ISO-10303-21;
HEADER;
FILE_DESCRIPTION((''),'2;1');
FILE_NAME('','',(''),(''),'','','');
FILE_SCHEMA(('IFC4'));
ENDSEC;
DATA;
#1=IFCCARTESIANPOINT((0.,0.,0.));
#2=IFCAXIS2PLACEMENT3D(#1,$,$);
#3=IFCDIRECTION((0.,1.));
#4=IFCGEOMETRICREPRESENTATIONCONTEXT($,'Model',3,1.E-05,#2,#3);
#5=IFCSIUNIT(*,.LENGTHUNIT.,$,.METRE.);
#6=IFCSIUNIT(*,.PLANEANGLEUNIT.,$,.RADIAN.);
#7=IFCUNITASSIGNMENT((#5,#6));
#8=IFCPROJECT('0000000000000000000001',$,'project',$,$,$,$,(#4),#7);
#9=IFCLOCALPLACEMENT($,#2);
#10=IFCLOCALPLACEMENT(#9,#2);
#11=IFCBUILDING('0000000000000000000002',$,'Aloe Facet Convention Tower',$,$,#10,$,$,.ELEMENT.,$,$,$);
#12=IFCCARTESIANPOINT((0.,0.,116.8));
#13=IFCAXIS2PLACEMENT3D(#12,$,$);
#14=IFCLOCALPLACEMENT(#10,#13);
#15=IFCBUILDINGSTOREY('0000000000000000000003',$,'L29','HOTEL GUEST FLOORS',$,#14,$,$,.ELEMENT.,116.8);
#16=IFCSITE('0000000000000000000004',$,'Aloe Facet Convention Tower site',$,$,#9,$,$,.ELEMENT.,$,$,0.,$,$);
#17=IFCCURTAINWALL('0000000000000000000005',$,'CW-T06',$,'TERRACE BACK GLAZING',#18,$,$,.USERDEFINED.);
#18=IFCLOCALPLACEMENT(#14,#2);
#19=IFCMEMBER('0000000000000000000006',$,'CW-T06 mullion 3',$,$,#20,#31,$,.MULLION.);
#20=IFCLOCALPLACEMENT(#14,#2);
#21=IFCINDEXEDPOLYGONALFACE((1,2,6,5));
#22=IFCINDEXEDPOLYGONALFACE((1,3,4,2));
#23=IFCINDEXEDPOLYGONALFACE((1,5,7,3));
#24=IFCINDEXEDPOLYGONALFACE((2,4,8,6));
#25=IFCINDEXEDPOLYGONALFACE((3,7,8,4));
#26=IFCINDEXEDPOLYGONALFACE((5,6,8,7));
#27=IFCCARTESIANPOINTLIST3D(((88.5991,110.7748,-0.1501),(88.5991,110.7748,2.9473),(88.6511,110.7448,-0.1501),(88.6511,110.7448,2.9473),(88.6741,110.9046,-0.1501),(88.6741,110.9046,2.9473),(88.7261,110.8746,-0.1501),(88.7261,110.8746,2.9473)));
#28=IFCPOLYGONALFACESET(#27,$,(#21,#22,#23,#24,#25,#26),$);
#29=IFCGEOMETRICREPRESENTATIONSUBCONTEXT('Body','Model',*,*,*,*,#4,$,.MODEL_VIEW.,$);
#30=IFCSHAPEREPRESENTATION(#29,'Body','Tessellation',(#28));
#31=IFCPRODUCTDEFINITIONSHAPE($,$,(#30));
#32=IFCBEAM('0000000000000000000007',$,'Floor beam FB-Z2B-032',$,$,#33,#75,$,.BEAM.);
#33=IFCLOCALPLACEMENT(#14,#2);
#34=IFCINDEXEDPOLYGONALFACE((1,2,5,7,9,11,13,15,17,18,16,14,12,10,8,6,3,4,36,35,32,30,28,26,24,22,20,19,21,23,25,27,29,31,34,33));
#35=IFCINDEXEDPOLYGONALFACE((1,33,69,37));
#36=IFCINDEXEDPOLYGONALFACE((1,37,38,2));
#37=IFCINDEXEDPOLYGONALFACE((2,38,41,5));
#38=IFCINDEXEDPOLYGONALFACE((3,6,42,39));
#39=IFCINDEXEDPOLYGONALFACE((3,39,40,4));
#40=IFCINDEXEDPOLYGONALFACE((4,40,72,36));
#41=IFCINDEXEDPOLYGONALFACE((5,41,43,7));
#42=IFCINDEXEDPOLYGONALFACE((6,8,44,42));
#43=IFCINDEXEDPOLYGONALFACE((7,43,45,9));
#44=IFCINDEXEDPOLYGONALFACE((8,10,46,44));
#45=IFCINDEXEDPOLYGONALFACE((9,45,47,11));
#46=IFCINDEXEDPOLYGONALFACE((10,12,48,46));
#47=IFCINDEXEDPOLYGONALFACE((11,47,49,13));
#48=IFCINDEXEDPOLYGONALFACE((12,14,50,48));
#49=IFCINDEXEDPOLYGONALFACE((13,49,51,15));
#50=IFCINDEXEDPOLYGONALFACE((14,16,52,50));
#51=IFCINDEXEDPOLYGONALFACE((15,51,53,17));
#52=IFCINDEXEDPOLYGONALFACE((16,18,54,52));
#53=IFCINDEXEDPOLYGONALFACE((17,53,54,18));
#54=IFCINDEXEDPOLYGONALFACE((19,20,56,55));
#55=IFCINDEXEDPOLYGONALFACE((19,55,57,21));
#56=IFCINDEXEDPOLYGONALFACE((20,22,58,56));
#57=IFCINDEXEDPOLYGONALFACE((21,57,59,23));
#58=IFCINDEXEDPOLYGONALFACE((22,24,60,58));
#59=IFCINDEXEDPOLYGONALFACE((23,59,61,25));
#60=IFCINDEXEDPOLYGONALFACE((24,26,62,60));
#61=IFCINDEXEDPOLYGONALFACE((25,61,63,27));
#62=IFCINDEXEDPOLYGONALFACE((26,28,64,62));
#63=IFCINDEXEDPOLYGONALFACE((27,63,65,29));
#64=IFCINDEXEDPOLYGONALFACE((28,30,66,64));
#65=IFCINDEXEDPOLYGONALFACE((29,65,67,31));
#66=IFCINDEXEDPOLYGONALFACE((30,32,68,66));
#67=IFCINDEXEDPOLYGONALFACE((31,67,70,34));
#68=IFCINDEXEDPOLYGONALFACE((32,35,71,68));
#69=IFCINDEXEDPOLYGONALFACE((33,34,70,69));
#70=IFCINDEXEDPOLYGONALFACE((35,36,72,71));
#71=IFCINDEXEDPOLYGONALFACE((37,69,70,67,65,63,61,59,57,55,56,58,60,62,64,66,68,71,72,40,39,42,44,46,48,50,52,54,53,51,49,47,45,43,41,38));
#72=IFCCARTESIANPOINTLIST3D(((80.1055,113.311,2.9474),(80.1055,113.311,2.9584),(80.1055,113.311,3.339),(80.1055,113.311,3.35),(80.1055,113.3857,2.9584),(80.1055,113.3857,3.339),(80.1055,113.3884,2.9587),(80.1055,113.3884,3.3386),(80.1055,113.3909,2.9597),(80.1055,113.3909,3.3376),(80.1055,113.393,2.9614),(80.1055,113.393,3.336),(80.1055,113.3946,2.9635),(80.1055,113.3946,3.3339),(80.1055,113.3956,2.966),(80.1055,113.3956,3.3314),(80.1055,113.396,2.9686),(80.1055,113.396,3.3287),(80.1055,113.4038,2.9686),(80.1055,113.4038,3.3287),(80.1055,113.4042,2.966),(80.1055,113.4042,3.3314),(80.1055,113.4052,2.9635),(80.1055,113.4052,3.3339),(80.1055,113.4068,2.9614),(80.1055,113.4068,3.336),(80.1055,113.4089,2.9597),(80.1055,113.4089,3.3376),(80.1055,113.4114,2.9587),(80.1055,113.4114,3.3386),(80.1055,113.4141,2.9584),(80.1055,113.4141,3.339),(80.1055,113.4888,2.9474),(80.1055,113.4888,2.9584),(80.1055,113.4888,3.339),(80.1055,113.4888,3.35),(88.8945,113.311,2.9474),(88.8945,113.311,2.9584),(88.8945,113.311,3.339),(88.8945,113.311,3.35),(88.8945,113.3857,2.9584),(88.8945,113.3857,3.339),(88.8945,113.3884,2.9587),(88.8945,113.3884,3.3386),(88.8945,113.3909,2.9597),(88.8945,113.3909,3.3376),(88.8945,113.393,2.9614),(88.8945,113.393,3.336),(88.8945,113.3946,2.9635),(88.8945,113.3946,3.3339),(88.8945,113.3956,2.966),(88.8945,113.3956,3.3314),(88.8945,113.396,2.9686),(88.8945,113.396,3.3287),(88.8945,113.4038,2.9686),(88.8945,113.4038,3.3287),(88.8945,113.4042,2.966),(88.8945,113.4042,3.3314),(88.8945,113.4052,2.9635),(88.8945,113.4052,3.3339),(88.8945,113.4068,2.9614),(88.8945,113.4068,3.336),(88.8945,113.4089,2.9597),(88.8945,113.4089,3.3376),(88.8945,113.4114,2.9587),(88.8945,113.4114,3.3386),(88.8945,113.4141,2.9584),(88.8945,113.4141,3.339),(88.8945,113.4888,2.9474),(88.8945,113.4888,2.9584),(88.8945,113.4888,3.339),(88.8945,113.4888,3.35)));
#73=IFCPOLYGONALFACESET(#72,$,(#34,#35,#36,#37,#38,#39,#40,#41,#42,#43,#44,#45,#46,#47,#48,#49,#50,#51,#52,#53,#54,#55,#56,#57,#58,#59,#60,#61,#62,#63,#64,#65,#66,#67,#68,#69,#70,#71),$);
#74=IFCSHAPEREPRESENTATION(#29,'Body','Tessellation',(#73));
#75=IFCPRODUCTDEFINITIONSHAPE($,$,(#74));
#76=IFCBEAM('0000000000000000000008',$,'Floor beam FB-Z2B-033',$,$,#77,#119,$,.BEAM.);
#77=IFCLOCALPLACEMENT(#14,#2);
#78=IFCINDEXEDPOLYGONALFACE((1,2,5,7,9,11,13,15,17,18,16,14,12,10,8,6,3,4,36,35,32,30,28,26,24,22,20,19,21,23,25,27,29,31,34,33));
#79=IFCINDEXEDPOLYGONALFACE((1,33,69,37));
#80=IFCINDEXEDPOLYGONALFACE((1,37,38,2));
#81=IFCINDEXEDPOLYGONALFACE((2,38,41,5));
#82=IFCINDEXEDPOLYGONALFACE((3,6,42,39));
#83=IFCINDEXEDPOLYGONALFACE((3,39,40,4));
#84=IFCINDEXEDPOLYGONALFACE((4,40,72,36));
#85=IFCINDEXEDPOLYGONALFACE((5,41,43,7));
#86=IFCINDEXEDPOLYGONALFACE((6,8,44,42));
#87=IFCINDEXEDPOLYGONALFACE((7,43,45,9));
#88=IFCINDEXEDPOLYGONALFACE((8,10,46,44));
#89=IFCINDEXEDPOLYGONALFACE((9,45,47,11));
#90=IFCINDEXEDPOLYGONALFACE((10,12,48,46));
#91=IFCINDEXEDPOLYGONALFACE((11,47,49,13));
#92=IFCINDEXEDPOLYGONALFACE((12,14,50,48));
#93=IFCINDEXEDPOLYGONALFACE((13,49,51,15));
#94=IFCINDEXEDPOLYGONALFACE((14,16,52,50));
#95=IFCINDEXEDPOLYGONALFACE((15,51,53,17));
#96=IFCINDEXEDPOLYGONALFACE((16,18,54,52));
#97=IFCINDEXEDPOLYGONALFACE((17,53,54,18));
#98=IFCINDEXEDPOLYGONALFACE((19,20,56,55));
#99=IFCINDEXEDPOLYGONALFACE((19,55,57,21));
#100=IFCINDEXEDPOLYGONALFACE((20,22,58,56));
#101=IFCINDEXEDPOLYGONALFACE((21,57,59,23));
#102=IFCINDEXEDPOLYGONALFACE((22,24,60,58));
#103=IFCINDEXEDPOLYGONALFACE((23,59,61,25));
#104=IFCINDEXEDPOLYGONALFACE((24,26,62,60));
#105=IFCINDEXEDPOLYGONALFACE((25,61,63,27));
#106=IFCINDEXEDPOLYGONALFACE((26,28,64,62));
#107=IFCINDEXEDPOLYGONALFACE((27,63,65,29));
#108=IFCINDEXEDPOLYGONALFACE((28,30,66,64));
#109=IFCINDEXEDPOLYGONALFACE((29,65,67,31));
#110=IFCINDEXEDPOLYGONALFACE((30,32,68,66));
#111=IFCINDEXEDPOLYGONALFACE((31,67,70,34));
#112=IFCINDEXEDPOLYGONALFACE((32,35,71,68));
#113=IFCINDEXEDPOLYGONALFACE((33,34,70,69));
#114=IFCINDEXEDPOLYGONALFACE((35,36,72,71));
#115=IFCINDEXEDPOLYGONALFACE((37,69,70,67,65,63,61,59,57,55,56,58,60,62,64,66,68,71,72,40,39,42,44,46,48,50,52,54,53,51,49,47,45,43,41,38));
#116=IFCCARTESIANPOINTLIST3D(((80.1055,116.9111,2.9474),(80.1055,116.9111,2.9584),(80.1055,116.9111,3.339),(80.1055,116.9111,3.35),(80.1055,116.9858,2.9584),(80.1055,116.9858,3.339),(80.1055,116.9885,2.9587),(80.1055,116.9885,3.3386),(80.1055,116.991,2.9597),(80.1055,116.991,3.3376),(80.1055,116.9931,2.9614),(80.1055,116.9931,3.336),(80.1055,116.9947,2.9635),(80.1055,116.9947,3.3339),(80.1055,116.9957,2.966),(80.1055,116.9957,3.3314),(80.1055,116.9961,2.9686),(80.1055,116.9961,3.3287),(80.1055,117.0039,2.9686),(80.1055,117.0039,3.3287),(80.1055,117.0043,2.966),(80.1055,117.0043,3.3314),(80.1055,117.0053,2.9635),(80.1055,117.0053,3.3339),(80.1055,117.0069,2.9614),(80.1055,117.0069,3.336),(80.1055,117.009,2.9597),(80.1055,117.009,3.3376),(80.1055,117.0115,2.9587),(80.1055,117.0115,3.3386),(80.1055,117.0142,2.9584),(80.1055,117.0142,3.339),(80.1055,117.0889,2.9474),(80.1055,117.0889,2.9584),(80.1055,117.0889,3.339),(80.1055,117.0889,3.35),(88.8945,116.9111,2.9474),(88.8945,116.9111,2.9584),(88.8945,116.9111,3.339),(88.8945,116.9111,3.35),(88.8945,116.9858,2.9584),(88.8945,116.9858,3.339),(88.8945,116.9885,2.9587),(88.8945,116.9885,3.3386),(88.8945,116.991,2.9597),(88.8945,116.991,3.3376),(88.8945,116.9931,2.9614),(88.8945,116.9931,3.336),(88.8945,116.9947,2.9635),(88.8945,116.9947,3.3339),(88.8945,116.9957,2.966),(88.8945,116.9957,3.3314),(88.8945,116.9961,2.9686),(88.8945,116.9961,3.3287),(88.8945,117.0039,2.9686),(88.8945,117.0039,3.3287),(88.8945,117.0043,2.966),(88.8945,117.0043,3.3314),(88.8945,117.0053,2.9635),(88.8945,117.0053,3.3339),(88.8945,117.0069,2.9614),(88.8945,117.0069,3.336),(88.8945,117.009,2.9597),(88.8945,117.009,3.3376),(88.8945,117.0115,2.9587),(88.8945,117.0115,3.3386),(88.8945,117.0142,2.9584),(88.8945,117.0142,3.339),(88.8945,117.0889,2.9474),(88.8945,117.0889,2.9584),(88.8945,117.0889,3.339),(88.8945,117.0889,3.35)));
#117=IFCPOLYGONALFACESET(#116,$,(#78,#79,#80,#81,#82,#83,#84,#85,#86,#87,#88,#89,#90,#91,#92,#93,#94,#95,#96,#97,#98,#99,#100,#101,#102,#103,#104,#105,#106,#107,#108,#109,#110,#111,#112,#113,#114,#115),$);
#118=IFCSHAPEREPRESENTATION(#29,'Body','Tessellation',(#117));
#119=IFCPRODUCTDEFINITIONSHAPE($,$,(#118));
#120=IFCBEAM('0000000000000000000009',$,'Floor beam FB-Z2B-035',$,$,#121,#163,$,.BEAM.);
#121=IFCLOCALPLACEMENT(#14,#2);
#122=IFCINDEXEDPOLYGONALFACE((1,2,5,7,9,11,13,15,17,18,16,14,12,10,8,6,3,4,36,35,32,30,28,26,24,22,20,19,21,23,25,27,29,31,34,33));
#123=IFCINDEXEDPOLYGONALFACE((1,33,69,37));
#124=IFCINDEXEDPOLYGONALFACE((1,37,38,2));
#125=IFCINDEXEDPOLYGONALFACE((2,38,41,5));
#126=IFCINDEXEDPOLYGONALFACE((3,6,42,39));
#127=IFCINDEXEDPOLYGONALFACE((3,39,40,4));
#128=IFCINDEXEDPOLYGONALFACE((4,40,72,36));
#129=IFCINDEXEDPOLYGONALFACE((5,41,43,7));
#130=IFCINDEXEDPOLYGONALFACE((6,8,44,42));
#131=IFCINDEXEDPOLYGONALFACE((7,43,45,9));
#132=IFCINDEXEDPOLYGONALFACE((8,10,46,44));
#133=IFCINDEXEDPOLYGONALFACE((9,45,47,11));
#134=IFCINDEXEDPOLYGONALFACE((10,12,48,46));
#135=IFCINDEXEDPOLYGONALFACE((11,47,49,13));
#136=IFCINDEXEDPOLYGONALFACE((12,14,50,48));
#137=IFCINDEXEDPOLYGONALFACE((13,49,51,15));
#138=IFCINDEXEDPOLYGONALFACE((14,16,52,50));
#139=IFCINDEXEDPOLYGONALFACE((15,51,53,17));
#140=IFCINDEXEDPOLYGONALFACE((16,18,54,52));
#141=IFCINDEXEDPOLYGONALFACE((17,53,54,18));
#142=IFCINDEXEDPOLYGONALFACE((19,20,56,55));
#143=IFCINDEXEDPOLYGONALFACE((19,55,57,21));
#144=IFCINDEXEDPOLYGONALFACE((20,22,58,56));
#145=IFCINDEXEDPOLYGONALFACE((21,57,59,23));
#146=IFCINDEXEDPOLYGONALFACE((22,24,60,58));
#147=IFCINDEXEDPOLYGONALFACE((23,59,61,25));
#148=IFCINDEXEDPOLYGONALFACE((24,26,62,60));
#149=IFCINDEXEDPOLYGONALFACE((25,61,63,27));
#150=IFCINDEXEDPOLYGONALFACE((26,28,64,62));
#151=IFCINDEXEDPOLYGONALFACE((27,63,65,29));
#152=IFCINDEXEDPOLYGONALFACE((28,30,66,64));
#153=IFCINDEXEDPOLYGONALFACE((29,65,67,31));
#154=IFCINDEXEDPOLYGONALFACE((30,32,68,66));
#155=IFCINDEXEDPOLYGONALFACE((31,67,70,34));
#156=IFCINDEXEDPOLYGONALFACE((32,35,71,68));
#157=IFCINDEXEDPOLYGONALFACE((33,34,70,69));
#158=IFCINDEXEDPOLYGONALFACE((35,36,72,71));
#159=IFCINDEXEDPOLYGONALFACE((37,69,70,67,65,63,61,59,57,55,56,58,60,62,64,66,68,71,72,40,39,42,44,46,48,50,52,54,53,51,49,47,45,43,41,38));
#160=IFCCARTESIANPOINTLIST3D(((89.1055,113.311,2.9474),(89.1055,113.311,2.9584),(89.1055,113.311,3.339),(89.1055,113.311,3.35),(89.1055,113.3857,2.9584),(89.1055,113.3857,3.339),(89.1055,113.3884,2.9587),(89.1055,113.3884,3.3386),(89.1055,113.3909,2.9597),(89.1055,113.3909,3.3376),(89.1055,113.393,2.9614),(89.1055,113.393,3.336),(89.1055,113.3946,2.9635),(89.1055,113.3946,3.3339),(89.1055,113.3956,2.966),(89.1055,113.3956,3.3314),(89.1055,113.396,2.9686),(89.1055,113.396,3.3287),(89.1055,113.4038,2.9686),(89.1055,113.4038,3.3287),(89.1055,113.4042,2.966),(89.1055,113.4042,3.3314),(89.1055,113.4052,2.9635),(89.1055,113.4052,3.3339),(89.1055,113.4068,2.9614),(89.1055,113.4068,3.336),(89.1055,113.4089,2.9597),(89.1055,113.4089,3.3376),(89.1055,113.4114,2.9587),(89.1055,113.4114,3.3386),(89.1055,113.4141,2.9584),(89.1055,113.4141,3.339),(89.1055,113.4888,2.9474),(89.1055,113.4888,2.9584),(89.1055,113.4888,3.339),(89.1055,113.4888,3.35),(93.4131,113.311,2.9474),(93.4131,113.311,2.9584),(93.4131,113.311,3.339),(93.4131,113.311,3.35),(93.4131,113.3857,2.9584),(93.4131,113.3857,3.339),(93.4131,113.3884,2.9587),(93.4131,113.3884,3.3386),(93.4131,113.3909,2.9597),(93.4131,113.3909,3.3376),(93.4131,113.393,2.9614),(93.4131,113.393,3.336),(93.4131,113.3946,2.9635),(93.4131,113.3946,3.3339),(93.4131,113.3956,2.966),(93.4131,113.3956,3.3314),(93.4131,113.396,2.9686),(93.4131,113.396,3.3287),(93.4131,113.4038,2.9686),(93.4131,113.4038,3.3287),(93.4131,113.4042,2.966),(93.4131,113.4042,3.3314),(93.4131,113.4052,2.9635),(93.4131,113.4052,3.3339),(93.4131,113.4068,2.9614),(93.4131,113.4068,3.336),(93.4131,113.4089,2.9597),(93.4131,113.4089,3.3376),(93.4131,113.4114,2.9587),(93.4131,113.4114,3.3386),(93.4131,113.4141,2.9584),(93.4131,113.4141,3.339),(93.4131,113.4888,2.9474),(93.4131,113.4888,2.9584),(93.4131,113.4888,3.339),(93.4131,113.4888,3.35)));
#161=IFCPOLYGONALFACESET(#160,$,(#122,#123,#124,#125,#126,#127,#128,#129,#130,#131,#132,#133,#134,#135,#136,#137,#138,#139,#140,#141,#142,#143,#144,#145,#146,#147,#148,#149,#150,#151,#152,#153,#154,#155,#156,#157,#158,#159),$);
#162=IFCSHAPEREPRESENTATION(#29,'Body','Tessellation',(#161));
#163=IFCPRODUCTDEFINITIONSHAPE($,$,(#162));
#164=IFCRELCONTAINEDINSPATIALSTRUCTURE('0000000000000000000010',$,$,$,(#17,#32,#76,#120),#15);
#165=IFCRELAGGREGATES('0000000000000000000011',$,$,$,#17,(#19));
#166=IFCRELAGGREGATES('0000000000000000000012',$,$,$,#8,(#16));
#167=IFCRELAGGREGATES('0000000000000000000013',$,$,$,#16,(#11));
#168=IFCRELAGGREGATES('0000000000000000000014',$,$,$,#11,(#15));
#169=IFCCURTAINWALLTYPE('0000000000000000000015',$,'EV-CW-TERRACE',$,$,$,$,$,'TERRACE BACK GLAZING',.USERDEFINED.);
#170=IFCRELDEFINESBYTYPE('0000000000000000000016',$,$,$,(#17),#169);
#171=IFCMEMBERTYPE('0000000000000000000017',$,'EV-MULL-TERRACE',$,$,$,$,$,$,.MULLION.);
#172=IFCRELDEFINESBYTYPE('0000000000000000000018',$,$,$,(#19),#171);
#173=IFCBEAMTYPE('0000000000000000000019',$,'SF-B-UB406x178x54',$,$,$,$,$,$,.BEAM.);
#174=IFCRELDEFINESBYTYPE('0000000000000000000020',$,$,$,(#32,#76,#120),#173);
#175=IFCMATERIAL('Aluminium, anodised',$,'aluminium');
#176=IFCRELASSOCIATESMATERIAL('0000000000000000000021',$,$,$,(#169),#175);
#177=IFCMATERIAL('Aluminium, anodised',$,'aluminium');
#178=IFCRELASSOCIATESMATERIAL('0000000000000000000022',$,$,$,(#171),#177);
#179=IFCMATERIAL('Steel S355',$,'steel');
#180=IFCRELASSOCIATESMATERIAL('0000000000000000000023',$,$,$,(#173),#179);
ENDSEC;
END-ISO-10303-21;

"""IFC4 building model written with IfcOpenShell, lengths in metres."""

from ifc_helpers import new_model, si_unit, direction, frame, origin, origin_2d, place, context, subcontext, project, spatial, rectangle, i_section, extrude, material, material_profile, profile_set, type_object, element, aggregate, save


model = new_model("IFC4")

# Units and contexts
model_context = context("Model", 3, precision=1e-05, world=origin(), true_north=direction((0.0, 1.0)))
body_context = subcontext(model_context, "Body", "Model", "MODEL_VIEW")
ifc_project = project(units=[si_unit("LENGTHUNIT", "METRE"), si_unit("PLANEANGLEUNIT", "RADIAN")], contexts=[model_context])

# Site, building, storey
site_placement = place(None, origin())
site = spatial("IfcSite", under=ifc_project, at=site_placement, Name="Aloe Facet Convention Tower site", CompositionType="ELEMENT", RefElevation=0.0)
building_placement = place(site_placement, origin())
building = spatial("IfcBuilding", under=site, at=building_placement, Name="Aloe Facet Convention Tower", CompositionType="ELEMENT")
storey_placement = place(building_placement, frame((0.0, 0.0, 116.8)))
storey = spatial("IfcBuildingStorey", under=building, at=storey_placement, Name="L29", Description="HOTEL GUEST FLOORS", CompositionType="ELEMENT", Elevation=116.8)

# Curtain wall, member
ifc_material_1 = material(Name="Aluminium, anodised", Category="aluminium")
curtain_wall_type = type_object("IfcCurtainWallType", Name="EV-CW-TERRACE", ElementType="TERRACE BACK GLAZING", PredefinedType="USERDEFINED", material=ifc_material_1)
curtain_wall_placement = place(storey_placement, origin())
curtain_wall = element("IfcCurtainWall", 1, at=curtain_wall_placement, inside=storey, type_object=curtain_wall_type, Name="CW-T06", ObjectType="TERRACE BACK GLAZING", PredefinedType="USERDEFINED")
ifc_material_2 = material(Name="Aluminium, anodised", Category="aluminium")
ifc_material_profile_1 = material_profile(ifc_material_2, rectangle(XDim=0.0601, YDim=0.1499, at=origin_2d()), Name="AL 60x150")
ifc_profile_set_1 = profile_set([ifc_material_profile_1], Name="Aluminium, anodised")
member_type_1 = type_object("IfcMemberType", Name="EV-MULL-TERRACE", PredefinedType="MULLION", material=ifc_profile_set_1)
member_placement = place(storey_placement, frame((88.6626, 110.8247, -0.1501), z_axis=(0.0, 0.0, 1.0), x_axis=(-0.866025, 0.5, 0.0)))
member = element("IfcMember", 2, at=member_placement, type_object=member_type_1, Name="CW-T06 mullion 3", PredefinedType="MULLION", context=body_context, shape_type="SweptSolid", body=[
    extrude(rectangle(XDim=0.0601, YDim=0.1499, at=origin_2d()), origin(), (0.0, 0.0, 1.0), 3.0974),
])

# Beams
ifc_material_3 = material(Name="Steel S355", Category="steel")
ifc_material_profile_2 = material_profile(ifc_material_3, i_section(OverallWidth=0.1777, OverallDepth=0.4026, WebThickness=0.0078, FlangeThickness=0.011, FilletRadius=0.0103, at=origin_2d()), Name="UB 406x178x54")
ifc_profile_set_2 = profile_set([ifc_material_profile_2], Name="Steel S355")
beam_type_1 = type_object("IfcBeamType", Name="SF-B-UB406x178x54", PredefinedType="BEAM", material=ifc_profile_set_2)
for number, where, z_axis, x_axis, name in (
    (3, (80.1055, 113.3999, 3.1487), (1.0, 0.0, 0.0), (0.0, 1.0, 0.0), "Floor beam FB-Z2B-032"),
    (4, (80.1055, 117.0, 3.1487), (1.0, 0.0, 0.0), (0.0, 1.0, 0.0), "Floor beam FB-Z2B-033"),
):
    element("IfcBeam", number, at=place(storey_placement, frame(where, z_axis=z_axis, x_axis=x_axis)), inside=storey, type_object=beam_type_1, Name=name, PredefinedType="BEAM", context=body_context, shape_type="SweptSolid", body=[
        extrude(i_section(OverallWidth=0.1777, OverallDepth=0.4026, WebThickness=0.0078, FlangeThickness=0.011, FilletRadius=0.0103, at=origin_2d()), origin(), (0.0, 0.0, 1.0), 8.7891),
    ])
beam_1_placement = place(storey_placement, frame((89.1055, 113.3999, 3.1487), z_axis=(1.0, 0.0, 0.0), x_axis=(0.0, 1.0, 0.0)))
element("IfcBeam", 5, at=beam_1_placement, inside=storey, type_object=beam_type_1, Name="Floor beam FB-Z2B-035", PredefinedType="BEAM", context=body_context, shape_type="SweptSolid", body=[
    extrude(i_section(OverallWidth=0.1777, OverallDepth=0.4026, WebThickness=0.0078, FlangeThickness=0.011, FilletRadius=0.0103, at=origin_2d()), origin(), (0.0, 0.0, 1.0), 4.3076),
])

aggregate(curtain_wall, [member])

save(model, "model.ifc")
